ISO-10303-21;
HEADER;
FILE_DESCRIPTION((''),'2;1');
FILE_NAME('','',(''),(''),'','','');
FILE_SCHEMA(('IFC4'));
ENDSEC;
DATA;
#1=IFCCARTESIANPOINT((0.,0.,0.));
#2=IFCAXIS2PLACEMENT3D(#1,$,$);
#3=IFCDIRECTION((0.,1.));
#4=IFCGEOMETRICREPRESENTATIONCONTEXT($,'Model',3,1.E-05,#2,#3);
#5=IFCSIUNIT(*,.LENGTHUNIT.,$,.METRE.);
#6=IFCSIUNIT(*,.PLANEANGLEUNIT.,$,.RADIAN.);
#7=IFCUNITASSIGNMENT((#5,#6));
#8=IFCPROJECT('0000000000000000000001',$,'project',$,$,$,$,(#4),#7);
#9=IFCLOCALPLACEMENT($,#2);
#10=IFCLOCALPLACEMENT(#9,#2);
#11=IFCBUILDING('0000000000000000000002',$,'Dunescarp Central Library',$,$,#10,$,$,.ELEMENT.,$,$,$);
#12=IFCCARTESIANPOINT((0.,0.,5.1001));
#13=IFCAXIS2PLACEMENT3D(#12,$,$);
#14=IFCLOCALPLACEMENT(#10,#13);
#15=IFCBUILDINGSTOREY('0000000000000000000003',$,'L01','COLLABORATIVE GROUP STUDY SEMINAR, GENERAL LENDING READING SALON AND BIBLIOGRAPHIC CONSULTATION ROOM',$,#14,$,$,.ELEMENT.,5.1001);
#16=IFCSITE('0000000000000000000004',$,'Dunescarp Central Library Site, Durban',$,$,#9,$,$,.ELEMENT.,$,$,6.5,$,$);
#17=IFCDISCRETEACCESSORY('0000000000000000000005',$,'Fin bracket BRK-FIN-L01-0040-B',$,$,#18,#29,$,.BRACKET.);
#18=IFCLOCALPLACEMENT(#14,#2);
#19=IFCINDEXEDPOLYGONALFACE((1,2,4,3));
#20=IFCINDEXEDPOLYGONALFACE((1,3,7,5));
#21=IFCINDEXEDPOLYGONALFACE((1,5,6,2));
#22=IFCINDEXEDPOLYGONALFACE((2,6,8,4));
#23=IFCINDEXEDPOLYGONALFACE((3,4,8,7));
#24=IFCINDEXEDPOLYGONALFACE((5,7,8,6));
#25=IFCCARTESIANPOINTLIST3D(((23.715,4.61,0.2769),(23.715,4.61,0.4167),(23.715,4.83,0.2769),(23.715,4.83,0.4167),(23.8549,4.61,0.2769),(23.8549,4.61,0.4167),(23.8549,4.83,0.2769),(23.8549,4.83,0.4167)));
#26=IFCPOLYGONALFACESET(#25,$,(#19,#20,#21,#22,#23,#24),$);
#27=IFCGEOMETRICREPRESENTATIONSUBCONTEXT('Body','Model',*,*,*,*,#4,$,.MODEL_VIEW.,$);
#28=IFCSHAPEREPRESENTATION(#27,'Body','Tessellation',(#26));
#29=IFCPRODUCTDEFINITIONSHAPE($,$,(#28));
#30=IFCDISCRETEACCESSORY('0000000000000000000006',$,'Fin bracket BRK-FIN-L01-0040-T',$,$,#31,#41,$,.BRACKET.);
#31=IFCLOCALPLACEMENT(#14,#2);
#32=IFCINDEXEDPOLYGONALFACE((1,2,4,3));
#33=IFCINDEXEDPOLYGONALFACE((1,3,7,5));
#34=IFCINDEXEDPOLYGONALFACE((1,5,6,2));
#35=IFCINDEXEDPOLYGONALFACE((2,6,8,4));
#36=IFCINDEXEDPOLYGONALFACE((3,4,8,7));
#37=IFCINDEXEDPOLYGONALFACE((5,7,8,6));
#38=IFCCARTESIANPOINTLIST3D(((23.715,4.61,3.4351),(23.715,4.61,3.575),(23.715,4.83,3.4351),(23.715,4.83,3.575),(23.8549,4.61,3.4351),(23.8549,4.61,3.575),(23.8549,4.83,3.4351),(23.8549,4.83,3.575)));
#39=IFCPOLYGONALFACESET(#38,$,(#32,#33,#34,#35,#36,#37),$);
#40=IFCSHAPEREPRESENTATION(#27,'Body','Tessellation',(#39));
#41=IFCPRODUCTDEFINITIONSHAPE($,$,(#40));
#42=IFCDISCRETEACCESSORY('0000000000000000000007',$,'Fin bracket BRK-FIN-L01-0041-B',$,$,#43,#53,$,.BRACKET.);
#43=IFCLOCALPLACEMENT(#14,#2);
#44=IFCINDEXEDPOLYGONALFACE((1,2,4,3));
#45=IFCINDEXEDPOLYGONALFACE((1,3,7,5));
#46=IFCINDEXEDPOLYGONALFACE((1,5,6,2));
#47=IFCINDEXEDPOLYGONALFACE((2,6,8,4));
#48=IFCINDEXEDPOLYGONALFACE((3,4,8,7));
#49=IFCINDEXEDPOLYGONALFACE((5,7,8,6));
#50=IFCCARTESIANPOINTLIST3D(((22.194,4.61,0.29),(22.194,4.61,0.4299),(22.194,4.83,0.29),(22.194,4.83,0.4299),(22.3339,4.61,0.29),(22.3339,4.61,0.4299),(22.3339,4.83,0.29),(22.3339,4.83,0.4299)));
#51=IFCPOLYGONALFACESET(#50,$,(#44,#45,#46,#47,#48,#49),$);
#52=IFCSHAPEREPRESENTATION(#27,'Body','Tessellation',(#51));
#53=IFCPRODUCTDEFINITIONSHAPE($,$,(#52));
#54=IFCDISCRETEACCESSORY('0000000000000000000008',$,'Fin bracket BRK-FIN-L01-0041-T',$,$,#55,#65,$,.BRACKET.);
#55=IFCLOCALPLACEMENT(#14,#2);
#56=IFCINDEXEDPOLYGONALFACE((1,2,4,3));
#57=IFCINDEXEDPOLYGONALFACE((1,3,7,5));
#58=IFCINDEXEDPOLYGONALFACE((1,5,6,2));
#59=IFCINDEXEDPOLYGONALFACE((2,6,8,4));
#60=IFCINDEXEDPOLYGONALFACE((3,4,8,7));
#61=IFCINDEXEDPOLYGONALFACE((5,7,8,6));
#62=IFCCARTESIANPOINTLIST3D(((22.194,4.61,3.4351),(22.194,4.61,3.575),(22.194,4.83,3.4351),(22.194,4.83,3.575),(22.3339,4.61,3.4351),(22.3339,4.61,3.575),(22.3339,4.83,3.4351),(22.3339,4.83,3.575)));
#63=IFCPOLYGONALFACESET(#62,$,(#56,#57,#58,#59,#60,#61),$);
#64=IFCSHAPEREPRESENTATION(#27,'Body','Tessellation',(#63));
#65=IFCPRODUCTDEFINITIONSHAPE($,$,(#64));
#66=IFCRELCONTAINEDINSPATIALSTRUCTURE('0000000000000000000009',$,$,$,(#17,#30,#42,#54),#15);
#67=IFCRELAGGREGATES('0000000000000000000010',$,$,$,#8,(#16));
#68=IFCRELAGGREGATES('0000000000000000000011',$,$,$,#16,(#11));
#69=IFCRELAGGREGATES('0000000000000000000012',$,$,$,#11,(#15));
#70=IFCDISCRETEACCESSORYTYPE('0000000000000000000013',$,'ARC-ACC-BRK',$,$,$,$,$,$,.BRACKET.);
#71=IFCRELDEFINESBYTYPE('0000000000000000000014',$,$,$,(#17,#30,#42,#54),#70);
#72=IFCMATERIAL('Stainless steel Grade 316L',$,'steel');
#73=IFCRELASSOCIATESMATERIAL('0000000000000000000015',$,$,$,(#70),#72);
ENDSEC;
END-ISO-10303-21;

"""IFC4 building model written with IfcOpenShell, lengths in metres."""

from ifc_helpers import new_model, si_unit, direction, frame, origin, origin_2d, place, context, subcontext, project, spatial, rectangle, extrude, material, type_object, element, save


model = new_model("IFC4")

# Units and contexts
model_context = context("Model", 3, precision=1e-05, world=origin(), true_north=direction((0.0, 1.0)))
body_context = subcontext(model_context, "Body", "Model", "MODEL_VIEW")
ifc_project = project(units=[si_unit("LENGTHUNIT", "METRE"), si_unit("PLANEANGLEUNIT", "RADIAN")], contexts=[model_context])

# Site, building, storey
site_placement = place(None, origin())
site = spatial("IfcSite", under=ifc_project, at=site_placement, Name="Dunescarp Central Library Site, Durban", CompositionType="ELEMENT", RefElevation=6.5)
building_placement = place(site_placement, origin())
building = spatial("IfcBuilding", under=site, at=building_placement, Name="Dunescarp Central Library", CompositionType="ELEMENT")
storey_placement = place(building_placement, frame((0.0, 0.0, 5.1001)))
storey = spatial("IfcBuildingStorey", under=building, at=storey_placement, Name="L01", Description="COLLABORATIVE GROUP STUDY SEMINAR, GENERAL LENDING READING SALON AND BIBLIOGRAPHIC CONSULTATION ROOM", CompositionType="ELEMENT", Elevation=5.1001)

# Discrete accessories
ifc_material_1 = material(Name="Stainless steel Grade 316L", Category="steel")
discrete_accessory_type = type_object("IfcDiscreteAccessoryType", Name="ARC-ACC-BRK", PredefinedType="BRACKET", material=ifc_material_1)
for number, where, z_axis, x_axis, name in (
    (1, (23.7849, 4.72, 0.2769), (0.0, 0.0, 1.0), (0.0, -1.0, 0.0), "Fin bracket BRK-FIN-L01-0040-B"),
    (2, (23.7849, 4.72, 3.4351), (0.0, 0.0, 1.0), (0.0, -1.0, 0.0), "Fin bracket BRK-FIN-L01-0040-T"),
    (3, (22.2639, 4.72, 0.29), (0.0, 0.0, 1.0), (0.0, -1.0, 0.0), "Fin bracket BRK-FIN-L01-0041-B"),
    (4, (22.2639, 4.72, 3.4351), (0.0, 0.0, 1.0), (0.0, -1.0, 0.0), "Fin bracket BRK-FIN-L01-0041-T"),
):
    element("IfcDiscreteAccessory", number, at=place(storey_placement, frame(where, z_axis=z_axis, x_axis=x_axis)), inside=storey, type_object=discrete_accessory_type, Name=name, PredefinedType="BRACKET", context=body_context, shape_type="SweptSolid", body=[
        extrude(rectangle(XDim=0.22, YDim=0.1399, at=origin_2d()), origin(), (0.0, 0.0, 1.0), 0.1399),
    ])

save(model, "model.ifc")
